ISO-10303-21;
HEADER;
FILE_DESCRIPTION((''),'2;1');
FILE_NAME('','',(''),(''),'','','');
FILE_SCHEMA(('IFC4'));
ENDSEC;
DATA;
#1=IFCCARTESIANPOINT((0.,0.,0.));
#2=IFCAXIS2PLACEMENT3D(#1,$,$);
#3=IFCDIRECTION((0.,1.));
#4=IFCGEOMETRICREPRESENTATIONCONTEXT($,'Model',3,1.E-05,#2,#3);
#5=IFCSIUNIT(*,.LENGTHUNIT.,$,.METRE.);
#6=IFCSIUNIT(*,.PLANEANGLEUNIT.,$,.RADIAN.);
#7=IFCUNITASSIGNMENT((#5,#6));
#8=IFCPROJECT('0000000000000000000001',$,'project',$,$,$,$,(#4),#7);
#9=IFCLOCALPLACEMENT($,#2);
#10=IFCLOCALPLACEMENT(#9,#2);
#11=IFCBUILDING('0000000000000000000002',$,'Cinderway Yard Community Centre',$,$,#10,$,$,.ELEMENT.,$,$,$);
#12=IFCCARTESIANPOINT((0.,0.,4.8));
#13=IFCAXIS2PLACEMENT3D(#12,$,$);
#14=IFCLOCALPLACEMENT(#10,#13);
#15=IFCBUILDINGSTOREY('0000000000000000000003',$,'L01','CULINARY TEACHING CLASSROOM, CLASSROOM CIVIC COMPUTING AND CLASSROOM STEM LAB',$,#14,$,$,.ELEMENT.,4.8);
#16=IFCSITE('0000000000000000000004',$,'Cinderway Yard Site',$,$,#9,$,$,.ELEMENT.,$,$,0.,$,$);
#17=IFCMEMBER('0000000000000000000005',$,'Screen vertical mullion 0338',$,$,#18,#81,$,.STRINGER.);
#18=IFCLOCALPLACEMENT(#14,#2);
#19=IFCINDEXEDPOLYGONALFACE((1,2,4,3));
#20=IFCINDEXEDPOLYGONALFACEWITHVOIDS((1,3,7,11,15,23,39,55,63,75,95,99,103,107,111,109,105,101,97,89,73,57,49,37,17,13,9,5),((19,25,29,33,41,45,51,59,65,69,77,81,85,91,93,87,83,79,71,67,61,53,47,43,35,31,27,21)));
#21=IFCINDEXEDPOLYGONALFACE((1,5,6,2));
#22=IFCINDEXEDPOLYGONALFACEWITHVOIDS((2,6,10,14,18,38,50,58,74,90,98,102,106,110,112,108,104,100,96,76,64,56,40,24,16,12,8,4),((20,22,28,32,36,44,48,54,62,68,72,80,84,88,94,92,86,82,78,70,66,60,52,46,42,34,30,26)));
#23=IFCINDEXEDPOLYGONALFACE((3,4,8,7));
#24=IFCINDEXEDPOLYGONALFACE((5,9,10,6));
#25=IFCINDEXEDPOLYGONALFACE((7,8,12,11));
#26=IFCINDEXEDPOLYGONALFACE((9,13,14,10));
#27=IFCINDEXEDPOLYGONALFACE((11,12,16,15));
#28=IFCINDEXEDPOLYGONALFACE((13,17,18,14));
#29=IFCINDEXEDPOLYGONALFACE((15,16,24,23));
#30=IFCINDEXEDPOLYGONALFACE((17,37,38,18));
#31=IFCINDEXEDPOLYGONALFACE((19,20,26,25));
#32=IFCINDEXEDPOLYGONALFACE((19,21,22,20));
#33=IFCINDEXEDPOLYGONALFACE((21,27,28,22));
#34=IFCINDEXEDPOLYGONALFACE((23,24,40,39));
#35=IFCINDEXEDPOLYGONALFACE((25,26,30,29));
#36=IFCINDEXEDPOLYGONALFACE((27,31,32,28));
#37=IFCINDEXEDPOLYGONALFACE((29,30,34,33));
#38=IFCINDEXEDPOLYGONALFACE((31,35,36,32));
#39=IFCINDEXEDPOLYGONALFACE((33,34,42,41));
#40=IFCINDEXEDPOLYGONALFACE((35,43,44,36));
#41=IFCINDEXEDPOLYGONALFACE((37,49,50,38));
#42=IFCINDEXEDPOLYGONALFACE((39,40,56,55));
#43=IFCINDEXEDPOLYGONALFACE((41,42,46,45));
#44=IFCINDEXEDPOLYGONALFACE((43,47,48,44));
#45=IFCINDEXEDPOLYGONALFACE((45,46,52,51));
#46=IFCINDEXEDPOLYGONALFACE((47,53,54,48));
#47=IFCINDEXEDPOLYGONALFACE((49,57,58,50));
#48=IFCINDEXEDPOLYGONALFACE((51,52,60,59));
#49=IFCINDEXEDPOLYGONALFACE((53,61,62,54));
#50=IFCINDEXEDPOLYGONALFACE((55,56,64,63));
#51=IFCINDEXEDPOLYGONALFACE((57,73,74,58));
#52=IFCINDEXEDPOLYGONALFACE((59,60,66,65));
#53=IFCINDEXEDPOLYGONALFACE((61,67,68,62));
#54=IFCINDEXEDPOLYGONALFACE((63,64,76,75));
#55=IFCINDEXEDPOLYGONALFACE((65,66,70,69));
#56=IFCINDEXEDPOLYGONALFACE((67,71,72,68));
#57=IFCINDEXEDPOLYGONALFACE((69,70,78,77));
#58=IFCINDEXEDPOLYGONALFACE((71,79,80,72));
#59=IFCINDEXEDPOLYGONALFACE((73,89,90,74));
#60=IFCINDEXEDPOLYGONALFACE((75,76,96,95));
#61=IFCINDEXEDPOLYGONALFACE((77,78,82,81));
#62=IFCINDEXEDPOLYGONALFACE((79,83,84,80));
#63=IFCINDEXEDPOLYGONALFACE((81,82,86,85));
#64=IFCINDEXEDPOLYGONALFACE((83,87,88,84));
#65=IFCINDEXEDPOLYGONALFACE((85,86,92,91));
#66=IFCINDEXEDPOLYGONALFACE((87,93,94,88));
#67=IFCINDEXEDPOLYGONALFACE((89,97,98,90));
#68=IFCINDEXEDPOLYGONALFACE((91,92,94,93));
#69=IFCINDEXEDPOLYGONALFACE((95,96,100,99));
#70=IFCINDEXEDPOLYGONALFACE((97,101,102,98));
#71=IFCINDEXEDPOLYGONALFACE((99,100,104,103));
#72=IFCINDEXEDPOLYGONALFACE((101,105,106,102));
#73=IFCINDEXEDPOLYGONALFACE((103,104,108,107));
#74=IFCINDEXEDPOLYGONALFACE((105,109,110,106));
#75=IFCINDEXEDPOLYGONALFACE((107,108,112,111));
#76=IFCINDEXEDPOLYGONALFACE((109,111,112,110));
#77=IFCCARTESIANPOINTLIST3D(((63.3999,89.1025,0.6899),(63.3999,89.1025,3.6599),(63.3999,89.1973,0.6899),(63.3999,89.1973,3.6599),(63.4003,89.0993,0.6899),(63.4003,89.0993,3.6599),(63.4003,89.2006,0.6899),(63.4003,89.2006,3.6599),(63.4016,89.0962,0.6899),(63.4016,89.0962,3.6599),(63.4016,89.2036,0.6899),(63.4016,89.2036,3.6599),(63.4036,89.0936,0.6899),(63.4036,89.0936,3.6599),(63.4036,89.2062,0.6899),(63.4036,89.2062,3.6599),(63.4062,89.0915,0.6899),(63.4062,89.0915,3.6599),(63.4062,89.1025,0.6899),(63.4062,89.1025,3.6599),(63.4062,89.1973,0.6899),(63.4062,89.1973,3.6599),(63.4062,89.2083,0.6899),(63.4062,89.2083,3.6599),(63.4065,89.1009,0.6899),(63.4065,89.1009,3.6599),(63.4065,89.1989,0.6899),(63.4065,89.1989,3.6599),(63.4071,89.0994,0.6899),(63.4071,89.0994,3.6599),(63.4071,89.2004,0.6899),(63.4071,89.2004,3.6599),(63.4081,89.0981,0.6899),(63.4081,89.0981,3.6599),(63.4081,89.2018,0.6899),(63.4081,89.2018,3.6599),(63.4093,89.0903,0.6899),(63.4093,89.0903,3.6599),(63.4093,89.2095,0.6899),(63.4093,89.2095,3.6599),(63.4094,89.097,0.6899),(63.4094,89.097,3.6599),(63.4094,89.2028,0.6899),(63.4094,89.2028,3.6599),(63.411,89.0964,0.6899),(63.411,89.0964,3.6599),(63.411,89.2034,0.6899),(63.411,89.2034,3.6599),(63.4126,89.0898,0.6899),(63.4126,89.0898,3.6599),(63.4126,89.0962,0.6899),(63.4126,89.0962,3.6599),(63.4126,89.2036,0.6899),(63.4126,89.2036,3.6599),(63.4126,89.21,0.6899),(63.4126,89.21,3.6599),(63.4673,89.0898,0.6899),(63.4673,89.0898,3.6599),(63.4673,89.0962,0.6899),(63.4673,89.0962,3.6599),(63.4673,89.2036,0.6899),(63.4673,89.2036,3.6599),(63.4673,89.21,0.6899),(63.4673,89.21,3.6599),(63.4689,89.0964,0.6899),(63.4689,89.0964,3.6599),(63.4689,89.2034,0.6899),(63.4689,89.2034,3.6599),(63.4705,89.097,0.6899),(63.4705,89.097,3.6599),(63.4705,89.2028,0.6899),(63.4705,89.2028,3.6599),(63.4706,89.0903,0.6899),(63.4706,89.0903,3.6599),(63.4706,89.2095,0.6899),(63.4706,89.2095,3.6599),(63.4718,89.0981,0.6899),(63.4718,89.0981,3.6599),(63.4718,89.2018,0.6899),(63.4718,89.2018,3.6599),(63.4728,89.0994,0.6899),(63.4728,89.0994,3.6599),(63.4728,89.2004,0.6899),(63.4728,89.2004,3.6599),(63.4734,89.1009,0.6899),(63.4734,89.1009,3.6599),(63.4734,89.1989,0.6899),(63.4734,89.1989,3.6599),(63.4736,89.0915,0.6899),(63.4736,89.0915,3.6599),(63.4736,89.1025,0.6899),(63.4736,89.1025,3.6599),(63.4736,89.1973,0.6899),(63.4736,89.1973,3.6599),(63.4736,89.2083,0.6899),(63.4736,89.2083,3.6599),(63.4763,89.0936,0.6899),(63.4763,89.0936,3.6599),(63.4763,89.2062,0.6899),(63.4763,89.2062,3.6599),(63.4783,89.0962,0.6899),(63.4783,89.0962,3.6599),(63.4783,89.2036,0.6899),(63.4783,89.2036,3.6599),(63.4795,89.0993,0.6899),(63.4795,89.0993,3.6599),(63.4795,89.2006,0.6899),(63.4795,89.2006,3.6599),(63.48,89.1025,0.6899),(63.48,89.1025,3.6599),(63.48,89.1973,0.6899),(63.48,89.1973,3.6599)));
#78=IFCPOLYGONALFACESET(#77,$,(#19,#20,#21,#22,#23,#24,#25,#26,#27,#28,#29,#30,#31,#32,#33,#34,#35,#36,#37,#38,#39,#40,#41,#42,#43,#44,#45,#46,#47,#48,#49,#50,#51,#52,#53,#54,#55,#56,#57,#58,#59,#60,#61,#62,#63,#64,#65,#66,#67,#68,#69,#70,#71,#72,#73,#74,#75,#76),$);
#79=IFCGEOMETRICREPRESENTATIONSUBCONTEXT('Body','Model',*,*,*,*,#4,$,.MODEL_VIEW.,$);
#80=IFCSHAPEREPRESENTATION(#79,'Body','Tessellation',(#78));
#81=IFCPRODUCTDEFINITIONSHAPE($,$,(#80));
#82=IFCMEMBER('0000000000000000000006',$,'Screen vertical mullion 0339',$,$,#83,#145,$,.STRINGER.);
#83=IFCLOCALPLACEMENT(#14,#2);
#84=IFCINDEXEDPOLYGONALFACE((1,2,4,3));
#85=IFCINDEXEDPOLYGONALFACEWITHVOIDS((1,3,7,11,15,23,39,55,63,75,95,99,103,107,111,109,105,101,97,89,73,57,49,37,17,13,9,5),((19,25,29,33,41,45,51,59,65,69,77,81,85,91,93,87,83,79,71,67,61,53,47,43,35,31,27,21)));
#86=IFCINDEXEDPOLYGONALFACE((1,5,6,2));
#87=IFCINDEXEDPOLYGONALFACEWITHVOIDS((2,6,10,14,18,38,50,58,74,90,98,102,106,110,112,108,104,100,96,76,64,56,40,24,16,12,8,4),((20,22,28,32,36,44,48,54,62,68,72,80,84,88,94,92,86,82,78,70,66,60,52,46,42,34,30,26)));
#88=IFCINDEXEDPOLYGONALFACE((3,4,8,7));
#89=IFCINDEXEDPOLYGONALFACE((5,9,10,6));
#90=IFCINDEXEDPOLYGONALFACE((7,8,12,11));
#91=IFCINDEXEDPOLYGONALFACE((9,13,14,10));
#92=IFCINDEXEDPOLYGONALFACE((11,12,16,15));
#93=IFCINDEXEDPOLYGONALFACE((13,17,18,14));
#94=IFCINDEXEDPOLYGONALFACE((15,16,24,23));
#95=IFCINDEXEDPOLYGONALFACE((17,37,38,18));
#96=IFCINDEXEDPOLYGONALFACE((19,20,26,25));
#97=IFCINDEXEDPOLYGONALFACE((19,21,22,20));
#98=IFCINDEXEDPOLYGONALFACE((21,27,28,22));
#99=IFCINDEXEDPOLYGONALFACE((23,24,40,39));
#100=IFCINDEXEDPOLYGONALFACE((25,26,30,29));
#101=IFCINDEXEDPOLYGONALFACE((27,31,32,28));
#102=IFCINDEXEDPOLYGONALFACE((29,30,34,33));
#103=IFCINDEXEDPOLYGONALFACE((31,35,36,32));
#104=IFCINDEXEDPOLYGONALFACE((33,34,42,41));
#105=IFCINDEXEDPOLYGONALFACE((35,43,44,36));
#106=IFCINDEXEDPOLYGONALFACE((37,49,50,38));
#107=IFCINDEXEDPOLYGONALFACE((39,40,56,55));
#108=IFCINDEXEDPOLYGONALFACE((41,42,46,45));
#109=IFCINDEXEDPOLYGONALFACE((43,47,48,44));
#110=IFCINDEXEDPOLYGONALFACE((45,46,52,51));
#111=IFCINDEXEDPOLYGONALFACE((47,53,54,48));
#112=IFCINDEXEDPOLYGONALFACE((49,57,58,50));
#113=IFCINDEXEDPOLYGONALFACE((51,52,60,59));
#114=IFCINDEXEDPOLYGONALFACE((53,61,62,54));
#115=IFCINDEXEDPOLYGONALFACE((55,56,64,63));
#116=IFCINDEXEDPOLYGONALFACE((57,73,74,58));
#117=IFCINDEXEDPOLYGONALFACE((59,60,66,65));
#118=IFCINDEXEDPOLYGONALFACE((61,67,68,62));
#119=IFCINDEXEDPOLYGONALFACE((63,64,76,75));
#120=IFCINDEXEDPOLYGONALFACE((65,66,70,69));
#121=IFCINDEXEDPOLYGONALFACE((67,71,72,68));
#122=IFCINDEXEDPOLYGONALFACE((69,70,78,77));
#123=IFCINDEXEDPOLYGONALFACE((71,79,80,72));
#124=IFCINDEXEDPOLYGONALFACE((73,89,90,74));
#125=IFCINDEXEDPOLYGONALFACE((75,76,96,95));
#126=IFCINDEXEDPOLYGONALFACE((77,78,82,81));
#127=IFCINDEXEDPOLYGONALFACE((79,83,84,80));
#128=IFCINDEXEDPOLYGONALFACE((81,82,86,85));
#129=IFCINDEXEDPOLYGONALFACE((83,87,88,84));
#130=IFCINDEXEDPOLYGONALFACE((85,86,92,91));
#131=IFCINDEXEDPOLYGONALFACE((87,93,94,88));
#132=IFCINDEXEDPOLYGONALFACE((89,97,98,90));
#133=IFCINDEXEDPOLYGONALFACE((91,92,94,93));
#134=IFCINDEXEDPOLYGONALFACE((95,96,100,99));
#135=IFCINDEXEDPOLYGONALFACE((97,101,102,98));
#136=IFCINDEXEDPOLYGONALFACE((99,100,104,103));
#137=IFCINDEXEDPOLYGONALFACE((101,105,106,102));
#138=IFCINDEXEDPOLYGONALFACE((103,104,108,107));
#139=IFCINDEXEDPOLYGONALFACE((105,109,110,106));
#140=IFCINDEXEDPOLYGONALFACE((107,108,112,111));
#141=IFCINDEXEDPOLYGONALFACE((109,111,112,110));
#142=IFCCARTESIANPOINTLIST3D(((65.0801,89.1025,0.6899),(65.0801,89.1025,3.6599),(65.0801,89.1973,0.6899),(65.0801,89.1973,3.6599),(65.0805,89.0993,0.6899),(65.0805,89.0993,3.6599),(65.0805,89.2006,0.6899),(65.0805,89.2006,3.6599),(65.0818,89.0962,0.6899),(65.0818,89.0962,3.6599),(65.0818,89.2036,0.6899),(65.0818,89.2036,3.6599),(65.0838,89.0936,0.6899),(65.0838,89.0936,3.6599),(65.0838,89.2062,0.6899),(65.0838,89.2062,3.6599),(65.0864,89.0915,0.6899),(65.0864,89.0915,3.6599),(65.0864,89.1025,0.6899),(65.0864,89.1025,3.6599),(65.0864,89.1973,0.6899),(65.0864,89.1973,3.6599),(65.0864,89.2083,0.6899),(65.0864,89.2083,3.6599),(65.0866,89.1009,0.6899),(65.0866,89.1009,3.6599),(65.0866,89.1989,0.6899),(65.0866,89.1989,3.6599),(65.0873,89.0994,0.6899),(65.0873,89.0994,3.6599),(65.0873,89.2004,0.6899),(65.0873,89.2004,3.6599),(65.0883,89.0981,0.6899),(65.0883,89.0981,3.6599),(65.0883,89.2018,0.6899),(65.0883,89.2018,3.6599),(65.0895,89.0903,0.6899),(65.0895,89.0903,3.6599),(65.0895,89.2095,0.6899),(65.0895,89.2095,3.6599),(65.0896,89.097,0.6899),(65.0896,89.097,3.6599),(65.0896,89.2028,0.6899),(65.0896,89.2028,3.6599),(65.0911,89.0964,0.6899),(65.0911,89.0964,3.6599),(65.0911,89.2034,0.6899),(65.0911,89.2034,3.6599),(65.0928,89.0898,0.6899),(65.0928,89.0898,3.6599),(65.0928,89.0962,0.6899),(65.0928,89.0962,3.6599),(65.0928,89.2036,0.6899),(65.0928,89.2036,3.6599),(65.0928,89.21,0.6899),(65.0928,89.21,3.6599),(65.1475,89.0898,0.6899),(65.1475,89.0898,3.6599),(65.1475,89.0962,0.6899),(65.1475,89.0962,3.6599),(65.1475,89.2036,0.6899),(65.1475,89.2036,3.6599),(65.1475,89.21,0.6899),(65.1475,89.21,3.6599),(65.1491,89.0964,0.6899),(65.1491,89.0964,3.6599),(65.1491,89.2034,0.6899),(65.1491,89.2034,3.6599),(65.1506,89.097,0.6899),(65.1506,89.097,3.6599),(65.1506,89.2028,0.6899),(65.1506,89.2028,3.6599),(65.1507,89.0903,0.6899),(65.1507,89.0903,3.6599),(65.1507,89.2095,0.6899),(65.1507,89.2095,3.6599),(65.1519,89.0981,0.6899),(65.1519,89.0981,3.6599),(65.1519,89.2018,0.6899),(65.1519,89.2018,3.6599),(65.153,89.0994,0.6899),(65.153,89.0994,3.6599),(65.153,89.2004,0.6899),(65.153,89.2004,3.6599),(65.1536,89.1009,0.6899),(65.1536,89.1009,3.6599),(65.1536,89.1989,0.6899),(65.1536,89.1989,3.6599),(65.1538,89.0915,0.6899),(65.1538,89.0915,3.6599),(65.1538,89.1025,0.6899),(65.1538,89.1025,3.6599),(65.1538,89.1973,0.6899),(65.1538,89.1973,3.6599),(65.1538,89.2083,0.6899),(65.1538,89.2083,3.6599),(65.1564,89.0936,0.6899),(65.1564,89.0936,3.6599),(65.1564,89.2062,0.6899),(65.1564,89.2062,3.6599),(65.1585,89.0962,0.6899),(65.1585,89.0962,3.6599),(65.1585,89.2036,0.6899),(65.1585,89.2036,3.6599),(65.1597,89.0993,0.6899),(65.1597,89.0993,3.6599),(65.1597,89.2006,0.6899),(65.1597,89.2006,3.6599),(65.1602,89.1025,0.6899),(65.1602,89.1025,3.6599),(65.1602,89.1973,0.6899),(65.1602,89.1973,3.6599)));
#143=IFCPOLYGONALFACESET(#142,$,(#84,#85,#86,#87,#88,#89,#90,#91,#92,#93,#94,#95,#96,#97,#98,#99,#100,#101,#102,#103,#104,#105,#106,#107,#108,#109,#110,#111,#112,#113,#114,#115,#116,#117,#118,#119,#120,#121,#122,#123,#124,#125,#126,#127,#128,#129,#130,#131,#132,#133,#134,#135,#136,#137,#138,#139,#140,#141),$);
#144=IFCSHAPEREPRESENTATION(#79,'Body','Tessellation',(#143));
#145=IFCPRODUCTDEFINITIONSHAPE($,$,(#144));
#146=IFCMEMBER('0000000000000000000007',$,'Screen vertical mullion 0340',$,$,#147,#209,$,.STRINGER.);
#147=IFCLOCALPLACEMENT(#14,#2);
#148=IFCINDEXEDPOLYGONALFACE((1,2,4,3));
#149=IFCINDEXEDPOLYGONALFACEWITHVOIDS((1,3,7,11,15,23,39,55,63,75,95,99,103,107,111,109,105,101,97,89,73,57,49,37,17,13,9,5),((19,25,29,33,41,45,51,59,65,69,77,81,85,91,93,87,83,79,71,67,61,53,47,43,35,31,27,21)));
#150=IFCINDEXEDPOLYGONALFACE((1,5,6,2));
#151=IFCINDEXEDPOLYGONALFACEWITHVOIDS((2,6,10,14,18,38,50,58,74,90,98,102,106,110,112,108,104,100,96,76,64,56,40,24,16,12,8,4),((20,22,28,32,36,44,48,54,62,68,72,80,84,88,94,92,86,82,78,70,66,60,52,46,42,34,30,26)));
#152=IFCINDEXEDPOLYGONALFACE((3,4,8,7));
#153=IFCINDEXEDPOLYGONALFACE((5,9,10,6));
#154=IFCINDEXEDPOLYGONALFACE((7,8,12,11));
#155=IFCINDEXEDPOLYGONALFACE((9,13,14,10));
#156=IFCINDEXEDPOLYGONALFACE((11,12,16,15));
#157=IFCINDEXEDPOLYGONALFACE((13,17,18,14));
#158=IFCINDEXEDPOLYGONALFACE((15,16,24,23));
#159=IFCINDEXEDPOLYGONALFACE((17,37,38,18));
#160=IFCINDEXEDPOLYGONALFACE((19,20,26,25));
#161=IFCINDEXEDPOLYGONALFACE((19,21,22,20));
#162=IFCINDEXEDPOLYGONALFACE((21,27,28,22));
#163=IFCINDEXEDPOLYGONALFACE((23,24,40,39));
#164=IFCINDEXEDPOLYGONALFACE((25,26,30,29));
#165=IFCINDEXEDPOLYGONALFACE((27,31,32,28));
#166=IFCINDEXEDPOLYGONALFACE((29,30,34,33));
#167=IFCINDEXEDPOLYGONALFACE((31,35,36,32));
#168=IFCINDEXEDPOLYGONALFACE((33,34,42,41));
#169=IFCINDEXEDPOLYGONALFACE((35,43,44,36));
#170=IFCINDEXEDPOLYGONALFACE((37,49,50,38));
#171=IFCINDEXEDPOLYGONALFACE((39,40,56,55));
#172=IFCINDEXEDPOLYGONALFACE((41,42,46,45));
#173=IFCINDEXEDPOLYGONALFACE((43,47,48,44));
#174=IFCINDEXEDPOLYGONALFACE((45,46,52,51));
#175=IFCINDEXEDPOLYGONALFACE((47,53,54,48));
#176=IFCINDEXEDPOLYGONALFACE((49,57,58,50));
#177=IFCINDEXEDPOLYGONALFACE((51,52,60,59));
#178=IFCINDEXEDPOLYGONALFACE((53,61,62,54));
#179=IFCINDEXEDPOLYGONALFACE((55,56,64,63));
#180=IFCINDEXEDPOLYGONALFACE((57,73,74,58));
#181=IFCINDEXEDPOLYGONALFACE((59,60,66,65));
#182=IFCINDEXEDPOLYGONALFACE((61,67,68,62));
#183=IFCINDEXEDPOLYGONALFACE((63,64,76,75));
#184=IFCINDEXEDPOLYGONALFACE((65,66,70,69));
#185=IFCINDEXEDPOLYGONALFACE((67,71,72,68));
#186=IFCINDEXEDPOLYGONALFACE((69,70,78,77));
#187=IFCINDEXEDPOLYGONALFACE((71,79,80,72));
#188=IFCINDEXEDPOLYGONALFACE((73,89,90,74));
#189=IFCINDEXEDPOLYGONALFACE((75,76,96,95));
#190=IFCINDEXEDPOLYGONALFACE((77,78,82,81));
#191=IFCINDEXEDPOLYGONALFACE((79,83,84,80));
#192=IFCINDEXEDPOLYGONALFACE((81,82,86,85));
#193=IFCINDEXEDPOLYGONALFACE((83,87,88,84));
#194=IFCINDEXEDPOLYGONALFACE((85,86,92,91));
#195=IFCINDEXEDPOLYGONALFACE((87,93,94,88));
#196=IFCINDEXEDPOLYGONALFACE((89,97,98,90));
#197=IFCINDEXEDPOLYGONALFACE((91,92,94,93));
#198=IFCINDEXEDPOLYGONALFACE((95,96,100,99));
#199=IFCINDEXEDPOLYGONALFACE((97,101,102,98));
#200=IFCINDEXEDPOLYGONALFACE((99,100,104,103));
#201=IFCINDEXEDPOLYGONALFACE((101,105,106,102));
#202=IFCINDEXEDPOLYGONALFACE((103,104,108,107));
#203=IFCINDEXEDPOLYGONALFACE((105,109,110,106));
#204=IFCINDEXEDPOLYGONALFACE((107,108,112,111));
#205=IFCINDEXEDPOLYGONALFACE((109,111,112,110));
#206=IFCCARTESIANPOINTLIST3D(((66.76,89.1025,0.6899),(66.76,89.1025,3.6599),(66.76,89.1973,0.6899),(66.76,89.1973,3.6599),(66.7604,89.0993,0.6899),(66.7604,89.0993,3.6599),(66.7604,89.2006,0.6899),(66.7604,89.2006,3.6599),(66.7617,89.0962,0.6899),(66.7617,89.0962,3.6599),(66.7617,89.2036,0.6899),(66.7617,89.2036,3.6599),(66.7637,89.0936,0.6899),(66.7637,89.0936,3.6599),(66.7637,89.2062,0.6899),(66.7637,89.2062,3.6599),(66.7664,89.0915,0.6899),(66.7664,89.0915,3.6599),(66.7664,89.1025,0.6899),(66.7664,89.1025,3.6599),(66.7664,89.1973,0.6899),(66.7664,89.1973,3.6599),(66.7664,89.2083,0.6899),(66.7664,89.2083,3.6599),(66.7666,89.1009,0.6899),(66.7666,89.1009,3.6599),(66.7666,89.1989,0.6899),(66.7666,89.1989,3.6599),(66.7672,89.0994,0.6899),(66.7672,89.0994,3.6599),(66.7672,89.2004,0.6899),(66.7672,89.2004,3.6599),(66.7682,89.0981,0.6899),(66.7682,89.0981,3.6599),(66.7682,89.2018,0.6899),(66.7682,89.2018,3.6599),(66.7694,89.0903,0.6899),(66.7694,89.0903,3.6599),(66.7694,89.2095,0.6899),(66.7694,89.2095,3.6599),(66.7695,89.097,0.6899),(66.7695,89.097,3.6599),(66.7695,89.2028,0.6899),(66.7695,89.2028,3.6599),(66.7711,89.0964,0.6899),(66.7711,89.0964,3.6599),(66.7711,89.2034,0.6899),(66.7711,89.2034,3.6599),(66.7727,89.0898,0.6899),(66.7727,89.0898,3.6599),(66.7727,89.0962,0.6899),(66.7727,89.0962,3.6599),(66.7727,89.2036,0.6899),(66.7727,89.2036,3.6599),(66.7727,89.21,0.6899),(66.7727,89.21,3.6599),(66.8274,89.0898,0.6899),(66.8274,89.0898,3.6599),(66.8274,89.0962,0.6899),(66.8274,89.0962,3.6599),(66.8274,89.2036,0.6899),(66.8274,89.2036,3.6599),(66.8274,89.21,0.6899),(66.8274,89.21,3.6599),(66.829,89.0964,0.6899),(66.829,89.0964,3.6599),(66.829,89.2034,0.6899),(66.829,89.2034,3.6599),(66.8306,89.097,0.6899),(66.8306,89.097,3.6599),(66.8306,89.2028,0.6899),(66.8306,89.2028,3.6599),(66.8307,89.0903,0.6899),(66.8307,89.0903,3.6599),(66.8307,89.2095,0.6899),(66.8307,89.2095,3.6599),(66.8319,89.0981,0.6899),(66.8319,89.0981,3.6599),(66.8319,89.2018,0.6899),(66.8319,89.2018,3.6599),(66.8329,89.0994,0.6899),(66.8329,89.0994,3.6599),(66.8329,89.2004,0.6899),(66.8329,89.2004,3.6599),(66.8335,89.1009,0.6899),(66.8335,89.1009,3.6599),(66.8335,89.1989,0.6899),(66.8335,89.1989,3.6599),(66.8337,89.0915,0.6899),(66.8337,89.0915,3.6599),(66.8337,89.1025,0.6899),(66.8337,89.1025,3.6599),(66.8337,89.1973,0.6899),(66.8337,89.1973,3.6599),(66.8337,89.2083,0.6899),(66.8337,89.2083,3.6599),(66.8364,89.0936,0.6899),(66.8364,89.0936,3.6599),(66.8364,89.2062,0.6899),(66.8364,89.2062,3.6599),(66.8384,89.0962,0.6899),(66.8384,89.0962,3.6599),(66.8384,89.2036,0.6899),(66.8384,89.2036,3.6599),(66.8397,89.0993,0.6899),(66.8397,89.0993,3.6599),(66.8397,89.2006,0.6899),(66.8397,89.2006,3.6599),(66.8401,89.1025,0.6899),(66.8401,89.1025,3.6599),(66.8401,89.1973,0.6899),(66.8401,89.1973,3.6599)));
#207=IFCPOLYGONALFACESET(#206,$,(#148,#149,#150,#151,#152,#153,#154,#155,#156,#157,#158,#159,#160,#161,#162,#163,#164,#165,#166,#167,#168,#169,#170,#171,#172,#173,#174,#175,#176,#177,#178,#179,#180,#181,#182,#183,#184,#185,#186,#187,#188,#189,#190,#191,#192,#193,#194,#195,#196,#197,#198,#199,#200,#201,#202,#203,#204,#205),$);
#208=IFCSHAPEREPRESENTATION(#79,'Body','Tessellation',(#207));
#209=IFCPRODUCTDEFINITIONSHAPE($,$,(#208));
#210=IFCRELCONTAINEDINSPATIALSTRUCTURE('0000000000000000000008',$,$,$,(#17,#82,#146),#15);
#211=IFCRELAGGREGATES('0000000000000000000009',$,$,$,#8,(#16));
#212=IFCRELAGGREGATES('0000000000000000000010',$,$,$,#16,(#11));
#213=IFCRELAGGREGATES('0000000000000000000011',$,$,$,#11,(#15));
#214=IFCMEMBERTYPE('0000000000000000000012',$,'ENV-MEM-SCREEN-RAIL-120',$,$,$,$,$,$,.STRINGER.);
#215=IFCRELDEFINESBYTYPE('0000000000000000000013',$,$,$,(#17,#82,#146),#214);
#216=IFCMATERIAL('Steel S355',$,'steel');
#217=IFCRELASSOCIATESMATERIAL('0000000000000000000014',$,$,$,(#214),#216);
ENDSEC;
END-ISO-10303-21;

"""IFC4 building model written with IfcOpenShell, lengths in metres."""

from ifc_helpers import new_model, si_unit, direction, frame, origin, origin_2d, place, context, subcontext, project, spatial, hollow_rectangle, extrude, material, material_profile, profile_set, type_object, element, save


model = new_model("IFC4")

# Units and contexts
model_context = context("Model", 3, precision=1e-05, world=origin(), true_north=direction((0.0, 1.0)))
body_context = subcontext(model_context, "Body", "Model", "MODEL_VIEW")
ifc_project = project(units=[si_unit("LENGTHUNIT", "METRE"), si_unit("PLANEANGLEUNIT", "RADIAN")], contexts=[model_context])

# Site, building, storey
site_placement = place(None, origin())
site = spatial("IfcSite", under=ifc_project, at=site_placement, Name="Cinderway Yard Site", CompositionType="ELEMENT", RefElevation=0.0)
building_placement = place(site_placement, origin())
building = spatial("IfcBuilding", under=site, at=building_placement, Name="Cinderway Yard Community Centre", CompositionType="ELEMENT")
storey_placement = place(building_placement, frame((0.0, 0.0, 4.8)))
storey = spatial("IfcBuildingStorey", under=building, at=storey_placement, Name="L01", Description="CULINARY TEACHING CLASSROOM, CLASSROOM CIVIC COMPUTING AND CLASSROOM STEM LAB", CompositionType="ELEMENT", Elevation=4.8)

# Members
ifc_material_1 = material(Name="Steel S355", Category="steel")
ifc_material_profile_1 = material_profile(ifc_material_1, hollow_rectangle(XDim=0.0801, YDim=0.1201, WallThickness=0.0063, InnerFilletRadius=0.0063, OuterFilletRadius=0.0127, at=origin_2d()), Name="Steel S355")
ifc_profile_set_1 = profile_set([ifc_material_profile_1], Name="Steel S355")
member_type_1 = type_object("IfcMemberType", Name="ENV-MEM-SCREEN-RAIL-120", PredefinedType="STRINGER", material=ifc_profile_set_1)
for number, where, z_axis, x_axis, name in (
    (1, (63.4399, 89.1499, 0.6899), (0.0, 0.0, 1.0), (1.0, 0.0, 0.0), "Screen vertical mullion 0338"),
    (2, (65.1201, 89.1499, 0.6899), (0.0, 0.0, 1.0), (1.0, 0.0, 0.0), "Screen vertical mullion 0339"),
    (3, (66.8, 89.1499, 0.6899), (0.0, 0.0, 1.0), (1.0, 0.0, 0.0), "Screen vertical mullion 0340"),
):
    element("IfcMember", number, at=place(storey_placement, frame(where, z_axis=z_axis, x_axis=x_axis)), inside=storey, type_object=member_type_1, Name=name, PredefinedType="STRINGER", context=body_context, shape_type="SweptSolid", body=[
        extrude(hollow_rectangle(XDim=0.0801, YDim=0.1201, WallThickness=0.0063, InnerFilletRadius=0.0063, OuterFilletRadius=0.0127, at=origin_2d()), origin(), (0.0, 0.0, 1.0), 2.97),
    ])

save(model, "model.ifc")
